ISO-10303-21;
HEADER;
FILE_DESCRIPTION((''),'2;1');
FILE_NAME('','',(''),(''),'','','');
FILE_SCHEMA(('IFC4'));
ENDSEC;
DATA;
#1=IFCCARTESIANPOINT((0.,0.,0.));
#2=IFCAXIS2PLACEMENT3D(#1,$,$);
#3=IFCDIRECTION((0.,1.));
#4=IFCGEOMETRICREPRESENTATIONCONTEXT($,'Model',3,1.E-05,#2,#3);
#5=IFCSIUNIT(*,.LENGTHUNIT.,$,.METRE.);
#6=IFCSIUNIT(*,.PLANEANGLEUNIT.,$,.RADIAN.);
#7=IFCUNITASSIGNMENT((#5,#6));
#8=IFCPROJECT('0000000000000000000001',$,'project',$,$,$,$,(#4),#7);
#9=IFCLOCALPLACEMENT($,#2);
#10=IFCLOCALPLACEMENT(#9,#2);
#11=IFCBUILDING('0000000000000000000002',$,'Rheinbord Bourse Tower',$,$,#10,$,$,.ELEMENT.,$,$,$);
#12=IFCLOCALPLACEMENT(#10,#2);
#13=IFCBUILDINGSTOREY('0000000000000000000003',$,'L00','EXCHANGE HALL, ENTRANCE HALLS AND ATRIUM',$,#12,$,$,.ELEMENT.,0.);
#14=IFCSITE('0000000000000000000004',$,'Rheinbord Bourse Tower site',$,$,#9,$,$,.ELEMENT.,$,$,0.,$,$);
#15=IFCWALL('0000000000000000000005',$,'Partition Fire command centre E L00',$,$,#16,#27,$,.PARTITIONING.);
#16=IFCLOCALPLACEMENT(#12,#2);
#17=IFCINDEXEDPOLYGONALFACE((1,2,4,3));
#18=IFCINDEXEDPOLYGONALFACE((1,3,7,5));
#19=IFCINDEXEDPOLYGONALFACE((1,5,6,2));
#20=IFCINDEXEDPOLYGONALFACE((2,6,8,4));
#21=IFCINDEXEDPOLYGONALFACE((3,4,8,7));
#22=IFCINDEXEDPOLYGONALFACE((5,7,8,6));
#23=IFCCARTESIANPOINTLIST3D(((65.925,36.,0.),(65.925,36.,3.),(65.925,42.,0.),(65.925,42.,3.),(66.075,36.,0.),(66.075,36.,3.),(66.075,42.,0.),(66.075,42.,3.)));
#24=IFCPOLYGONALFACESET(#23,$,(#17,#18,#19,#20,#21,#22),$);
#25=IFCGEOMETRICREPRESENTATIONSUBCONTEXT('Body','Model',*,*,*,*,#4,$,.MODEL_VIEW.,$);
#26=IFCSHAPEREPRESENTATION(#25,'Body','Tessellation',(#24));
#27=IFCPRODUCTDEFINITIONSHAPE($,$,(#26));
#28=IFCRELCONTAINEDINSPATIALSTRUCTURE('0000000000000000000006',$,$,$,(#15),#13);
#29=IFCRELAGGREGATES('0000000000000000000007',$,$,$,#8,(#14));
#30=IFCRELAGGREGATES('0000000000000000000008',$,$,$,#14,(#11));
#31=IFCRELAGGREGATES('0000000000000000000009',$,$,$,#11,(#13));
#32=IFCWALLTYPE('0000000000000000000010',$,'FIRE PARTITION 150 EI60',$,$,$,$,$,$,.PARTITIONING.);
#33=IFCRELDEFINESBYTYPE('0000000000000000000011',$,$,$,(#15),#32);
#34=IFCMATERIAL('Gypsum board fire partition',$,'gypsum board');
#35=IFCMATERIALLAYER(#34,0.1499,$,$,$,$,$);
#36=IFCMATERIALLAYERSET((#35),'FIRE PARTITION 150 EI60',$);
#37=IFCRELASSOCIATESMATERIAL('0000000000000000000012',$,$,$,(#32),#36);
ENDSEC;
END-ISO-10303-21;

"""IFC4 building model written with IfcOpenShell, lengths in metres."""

from ifc_helpers import new_model, si_unit, direction, frame, frame_2d, origin, place, context, subcontext, project, spatial, rectangle, extrude, material, layer, layer_set, type_object, element, save


model = new_model("IFC4")

# Units and contexts
model_context = context("Model", 3, precision=1e-05, world=origin(), true_north=direction((0.0, 1.0)))
body_context = subcontext(model_context, "Body", "Model", "MODEL_VIEW")
ifc_project = project(units=[si_unit("LENGTHUNIT", "METRE"), si_unit("PLANEANGLEUNIT", "RADIAN")], contexts=[model_context])

# Site, building, storey
site_placement = place(None, origin())
site = spatial("IfcSite", under=ifc_project, at=site_placement, Name="Rheinbord Bourse Tower site", CompositionType="ELEMENT", RefElevation=0.0)
building_placement = place(site_placement, origin())
building = spatial("IfcBuilding", under=site, at=building_placement, Name="Rheinbord Bourse Tower", CompositionType="ELEMENT")
storey_placement = place(building_placement, origin())
storey = spatial("IfcBuildingStorey", under=building, at=storey_placement, Name="L00", Description="EXCHANGE HALL, ENTRANCE HALLS AND ATRIUM", CompositionType="ELEMENT", Elevation=0.0)

# Wall
ifc_material_1 = material(Name="Gypsum board fire partition", Category="gypsum board")
ifc_layer_1 = layer(ifc_material_1, 0.1499)
ifc_layer_set_1 = layer_set([ifc_layer_1], Name="FIRE PARTITION 150 EI60")
wall_type = type_object("IfcWallType", Name="FIRE PARTITION 150 EI60", PredefinedType="PARTITIONING", material=ifc_layer_set_1)
wall_placement = place(storey_placement, frame((66.0, 36.0, 0.0), z_axis=(0.0, 0.0, 1.0), x_axis=(0.0, 1.0, 0.0)))
element("IfcWall", 1, at=wall_placement, inside=storey, type_object=wall_type, Name="Partition Fire command centre E L00", PredefinedType="PARTITIONING", context=body_context, shape_type="SweptSolid", body=[
    extrude(rectangle(XDim=6.0, YDim=0.1499, at=frame_2d((3.0, 0.0))), origin(), (0.0, 0.0, 1.0), 3.0),
])

save(model, "model.ifc")
